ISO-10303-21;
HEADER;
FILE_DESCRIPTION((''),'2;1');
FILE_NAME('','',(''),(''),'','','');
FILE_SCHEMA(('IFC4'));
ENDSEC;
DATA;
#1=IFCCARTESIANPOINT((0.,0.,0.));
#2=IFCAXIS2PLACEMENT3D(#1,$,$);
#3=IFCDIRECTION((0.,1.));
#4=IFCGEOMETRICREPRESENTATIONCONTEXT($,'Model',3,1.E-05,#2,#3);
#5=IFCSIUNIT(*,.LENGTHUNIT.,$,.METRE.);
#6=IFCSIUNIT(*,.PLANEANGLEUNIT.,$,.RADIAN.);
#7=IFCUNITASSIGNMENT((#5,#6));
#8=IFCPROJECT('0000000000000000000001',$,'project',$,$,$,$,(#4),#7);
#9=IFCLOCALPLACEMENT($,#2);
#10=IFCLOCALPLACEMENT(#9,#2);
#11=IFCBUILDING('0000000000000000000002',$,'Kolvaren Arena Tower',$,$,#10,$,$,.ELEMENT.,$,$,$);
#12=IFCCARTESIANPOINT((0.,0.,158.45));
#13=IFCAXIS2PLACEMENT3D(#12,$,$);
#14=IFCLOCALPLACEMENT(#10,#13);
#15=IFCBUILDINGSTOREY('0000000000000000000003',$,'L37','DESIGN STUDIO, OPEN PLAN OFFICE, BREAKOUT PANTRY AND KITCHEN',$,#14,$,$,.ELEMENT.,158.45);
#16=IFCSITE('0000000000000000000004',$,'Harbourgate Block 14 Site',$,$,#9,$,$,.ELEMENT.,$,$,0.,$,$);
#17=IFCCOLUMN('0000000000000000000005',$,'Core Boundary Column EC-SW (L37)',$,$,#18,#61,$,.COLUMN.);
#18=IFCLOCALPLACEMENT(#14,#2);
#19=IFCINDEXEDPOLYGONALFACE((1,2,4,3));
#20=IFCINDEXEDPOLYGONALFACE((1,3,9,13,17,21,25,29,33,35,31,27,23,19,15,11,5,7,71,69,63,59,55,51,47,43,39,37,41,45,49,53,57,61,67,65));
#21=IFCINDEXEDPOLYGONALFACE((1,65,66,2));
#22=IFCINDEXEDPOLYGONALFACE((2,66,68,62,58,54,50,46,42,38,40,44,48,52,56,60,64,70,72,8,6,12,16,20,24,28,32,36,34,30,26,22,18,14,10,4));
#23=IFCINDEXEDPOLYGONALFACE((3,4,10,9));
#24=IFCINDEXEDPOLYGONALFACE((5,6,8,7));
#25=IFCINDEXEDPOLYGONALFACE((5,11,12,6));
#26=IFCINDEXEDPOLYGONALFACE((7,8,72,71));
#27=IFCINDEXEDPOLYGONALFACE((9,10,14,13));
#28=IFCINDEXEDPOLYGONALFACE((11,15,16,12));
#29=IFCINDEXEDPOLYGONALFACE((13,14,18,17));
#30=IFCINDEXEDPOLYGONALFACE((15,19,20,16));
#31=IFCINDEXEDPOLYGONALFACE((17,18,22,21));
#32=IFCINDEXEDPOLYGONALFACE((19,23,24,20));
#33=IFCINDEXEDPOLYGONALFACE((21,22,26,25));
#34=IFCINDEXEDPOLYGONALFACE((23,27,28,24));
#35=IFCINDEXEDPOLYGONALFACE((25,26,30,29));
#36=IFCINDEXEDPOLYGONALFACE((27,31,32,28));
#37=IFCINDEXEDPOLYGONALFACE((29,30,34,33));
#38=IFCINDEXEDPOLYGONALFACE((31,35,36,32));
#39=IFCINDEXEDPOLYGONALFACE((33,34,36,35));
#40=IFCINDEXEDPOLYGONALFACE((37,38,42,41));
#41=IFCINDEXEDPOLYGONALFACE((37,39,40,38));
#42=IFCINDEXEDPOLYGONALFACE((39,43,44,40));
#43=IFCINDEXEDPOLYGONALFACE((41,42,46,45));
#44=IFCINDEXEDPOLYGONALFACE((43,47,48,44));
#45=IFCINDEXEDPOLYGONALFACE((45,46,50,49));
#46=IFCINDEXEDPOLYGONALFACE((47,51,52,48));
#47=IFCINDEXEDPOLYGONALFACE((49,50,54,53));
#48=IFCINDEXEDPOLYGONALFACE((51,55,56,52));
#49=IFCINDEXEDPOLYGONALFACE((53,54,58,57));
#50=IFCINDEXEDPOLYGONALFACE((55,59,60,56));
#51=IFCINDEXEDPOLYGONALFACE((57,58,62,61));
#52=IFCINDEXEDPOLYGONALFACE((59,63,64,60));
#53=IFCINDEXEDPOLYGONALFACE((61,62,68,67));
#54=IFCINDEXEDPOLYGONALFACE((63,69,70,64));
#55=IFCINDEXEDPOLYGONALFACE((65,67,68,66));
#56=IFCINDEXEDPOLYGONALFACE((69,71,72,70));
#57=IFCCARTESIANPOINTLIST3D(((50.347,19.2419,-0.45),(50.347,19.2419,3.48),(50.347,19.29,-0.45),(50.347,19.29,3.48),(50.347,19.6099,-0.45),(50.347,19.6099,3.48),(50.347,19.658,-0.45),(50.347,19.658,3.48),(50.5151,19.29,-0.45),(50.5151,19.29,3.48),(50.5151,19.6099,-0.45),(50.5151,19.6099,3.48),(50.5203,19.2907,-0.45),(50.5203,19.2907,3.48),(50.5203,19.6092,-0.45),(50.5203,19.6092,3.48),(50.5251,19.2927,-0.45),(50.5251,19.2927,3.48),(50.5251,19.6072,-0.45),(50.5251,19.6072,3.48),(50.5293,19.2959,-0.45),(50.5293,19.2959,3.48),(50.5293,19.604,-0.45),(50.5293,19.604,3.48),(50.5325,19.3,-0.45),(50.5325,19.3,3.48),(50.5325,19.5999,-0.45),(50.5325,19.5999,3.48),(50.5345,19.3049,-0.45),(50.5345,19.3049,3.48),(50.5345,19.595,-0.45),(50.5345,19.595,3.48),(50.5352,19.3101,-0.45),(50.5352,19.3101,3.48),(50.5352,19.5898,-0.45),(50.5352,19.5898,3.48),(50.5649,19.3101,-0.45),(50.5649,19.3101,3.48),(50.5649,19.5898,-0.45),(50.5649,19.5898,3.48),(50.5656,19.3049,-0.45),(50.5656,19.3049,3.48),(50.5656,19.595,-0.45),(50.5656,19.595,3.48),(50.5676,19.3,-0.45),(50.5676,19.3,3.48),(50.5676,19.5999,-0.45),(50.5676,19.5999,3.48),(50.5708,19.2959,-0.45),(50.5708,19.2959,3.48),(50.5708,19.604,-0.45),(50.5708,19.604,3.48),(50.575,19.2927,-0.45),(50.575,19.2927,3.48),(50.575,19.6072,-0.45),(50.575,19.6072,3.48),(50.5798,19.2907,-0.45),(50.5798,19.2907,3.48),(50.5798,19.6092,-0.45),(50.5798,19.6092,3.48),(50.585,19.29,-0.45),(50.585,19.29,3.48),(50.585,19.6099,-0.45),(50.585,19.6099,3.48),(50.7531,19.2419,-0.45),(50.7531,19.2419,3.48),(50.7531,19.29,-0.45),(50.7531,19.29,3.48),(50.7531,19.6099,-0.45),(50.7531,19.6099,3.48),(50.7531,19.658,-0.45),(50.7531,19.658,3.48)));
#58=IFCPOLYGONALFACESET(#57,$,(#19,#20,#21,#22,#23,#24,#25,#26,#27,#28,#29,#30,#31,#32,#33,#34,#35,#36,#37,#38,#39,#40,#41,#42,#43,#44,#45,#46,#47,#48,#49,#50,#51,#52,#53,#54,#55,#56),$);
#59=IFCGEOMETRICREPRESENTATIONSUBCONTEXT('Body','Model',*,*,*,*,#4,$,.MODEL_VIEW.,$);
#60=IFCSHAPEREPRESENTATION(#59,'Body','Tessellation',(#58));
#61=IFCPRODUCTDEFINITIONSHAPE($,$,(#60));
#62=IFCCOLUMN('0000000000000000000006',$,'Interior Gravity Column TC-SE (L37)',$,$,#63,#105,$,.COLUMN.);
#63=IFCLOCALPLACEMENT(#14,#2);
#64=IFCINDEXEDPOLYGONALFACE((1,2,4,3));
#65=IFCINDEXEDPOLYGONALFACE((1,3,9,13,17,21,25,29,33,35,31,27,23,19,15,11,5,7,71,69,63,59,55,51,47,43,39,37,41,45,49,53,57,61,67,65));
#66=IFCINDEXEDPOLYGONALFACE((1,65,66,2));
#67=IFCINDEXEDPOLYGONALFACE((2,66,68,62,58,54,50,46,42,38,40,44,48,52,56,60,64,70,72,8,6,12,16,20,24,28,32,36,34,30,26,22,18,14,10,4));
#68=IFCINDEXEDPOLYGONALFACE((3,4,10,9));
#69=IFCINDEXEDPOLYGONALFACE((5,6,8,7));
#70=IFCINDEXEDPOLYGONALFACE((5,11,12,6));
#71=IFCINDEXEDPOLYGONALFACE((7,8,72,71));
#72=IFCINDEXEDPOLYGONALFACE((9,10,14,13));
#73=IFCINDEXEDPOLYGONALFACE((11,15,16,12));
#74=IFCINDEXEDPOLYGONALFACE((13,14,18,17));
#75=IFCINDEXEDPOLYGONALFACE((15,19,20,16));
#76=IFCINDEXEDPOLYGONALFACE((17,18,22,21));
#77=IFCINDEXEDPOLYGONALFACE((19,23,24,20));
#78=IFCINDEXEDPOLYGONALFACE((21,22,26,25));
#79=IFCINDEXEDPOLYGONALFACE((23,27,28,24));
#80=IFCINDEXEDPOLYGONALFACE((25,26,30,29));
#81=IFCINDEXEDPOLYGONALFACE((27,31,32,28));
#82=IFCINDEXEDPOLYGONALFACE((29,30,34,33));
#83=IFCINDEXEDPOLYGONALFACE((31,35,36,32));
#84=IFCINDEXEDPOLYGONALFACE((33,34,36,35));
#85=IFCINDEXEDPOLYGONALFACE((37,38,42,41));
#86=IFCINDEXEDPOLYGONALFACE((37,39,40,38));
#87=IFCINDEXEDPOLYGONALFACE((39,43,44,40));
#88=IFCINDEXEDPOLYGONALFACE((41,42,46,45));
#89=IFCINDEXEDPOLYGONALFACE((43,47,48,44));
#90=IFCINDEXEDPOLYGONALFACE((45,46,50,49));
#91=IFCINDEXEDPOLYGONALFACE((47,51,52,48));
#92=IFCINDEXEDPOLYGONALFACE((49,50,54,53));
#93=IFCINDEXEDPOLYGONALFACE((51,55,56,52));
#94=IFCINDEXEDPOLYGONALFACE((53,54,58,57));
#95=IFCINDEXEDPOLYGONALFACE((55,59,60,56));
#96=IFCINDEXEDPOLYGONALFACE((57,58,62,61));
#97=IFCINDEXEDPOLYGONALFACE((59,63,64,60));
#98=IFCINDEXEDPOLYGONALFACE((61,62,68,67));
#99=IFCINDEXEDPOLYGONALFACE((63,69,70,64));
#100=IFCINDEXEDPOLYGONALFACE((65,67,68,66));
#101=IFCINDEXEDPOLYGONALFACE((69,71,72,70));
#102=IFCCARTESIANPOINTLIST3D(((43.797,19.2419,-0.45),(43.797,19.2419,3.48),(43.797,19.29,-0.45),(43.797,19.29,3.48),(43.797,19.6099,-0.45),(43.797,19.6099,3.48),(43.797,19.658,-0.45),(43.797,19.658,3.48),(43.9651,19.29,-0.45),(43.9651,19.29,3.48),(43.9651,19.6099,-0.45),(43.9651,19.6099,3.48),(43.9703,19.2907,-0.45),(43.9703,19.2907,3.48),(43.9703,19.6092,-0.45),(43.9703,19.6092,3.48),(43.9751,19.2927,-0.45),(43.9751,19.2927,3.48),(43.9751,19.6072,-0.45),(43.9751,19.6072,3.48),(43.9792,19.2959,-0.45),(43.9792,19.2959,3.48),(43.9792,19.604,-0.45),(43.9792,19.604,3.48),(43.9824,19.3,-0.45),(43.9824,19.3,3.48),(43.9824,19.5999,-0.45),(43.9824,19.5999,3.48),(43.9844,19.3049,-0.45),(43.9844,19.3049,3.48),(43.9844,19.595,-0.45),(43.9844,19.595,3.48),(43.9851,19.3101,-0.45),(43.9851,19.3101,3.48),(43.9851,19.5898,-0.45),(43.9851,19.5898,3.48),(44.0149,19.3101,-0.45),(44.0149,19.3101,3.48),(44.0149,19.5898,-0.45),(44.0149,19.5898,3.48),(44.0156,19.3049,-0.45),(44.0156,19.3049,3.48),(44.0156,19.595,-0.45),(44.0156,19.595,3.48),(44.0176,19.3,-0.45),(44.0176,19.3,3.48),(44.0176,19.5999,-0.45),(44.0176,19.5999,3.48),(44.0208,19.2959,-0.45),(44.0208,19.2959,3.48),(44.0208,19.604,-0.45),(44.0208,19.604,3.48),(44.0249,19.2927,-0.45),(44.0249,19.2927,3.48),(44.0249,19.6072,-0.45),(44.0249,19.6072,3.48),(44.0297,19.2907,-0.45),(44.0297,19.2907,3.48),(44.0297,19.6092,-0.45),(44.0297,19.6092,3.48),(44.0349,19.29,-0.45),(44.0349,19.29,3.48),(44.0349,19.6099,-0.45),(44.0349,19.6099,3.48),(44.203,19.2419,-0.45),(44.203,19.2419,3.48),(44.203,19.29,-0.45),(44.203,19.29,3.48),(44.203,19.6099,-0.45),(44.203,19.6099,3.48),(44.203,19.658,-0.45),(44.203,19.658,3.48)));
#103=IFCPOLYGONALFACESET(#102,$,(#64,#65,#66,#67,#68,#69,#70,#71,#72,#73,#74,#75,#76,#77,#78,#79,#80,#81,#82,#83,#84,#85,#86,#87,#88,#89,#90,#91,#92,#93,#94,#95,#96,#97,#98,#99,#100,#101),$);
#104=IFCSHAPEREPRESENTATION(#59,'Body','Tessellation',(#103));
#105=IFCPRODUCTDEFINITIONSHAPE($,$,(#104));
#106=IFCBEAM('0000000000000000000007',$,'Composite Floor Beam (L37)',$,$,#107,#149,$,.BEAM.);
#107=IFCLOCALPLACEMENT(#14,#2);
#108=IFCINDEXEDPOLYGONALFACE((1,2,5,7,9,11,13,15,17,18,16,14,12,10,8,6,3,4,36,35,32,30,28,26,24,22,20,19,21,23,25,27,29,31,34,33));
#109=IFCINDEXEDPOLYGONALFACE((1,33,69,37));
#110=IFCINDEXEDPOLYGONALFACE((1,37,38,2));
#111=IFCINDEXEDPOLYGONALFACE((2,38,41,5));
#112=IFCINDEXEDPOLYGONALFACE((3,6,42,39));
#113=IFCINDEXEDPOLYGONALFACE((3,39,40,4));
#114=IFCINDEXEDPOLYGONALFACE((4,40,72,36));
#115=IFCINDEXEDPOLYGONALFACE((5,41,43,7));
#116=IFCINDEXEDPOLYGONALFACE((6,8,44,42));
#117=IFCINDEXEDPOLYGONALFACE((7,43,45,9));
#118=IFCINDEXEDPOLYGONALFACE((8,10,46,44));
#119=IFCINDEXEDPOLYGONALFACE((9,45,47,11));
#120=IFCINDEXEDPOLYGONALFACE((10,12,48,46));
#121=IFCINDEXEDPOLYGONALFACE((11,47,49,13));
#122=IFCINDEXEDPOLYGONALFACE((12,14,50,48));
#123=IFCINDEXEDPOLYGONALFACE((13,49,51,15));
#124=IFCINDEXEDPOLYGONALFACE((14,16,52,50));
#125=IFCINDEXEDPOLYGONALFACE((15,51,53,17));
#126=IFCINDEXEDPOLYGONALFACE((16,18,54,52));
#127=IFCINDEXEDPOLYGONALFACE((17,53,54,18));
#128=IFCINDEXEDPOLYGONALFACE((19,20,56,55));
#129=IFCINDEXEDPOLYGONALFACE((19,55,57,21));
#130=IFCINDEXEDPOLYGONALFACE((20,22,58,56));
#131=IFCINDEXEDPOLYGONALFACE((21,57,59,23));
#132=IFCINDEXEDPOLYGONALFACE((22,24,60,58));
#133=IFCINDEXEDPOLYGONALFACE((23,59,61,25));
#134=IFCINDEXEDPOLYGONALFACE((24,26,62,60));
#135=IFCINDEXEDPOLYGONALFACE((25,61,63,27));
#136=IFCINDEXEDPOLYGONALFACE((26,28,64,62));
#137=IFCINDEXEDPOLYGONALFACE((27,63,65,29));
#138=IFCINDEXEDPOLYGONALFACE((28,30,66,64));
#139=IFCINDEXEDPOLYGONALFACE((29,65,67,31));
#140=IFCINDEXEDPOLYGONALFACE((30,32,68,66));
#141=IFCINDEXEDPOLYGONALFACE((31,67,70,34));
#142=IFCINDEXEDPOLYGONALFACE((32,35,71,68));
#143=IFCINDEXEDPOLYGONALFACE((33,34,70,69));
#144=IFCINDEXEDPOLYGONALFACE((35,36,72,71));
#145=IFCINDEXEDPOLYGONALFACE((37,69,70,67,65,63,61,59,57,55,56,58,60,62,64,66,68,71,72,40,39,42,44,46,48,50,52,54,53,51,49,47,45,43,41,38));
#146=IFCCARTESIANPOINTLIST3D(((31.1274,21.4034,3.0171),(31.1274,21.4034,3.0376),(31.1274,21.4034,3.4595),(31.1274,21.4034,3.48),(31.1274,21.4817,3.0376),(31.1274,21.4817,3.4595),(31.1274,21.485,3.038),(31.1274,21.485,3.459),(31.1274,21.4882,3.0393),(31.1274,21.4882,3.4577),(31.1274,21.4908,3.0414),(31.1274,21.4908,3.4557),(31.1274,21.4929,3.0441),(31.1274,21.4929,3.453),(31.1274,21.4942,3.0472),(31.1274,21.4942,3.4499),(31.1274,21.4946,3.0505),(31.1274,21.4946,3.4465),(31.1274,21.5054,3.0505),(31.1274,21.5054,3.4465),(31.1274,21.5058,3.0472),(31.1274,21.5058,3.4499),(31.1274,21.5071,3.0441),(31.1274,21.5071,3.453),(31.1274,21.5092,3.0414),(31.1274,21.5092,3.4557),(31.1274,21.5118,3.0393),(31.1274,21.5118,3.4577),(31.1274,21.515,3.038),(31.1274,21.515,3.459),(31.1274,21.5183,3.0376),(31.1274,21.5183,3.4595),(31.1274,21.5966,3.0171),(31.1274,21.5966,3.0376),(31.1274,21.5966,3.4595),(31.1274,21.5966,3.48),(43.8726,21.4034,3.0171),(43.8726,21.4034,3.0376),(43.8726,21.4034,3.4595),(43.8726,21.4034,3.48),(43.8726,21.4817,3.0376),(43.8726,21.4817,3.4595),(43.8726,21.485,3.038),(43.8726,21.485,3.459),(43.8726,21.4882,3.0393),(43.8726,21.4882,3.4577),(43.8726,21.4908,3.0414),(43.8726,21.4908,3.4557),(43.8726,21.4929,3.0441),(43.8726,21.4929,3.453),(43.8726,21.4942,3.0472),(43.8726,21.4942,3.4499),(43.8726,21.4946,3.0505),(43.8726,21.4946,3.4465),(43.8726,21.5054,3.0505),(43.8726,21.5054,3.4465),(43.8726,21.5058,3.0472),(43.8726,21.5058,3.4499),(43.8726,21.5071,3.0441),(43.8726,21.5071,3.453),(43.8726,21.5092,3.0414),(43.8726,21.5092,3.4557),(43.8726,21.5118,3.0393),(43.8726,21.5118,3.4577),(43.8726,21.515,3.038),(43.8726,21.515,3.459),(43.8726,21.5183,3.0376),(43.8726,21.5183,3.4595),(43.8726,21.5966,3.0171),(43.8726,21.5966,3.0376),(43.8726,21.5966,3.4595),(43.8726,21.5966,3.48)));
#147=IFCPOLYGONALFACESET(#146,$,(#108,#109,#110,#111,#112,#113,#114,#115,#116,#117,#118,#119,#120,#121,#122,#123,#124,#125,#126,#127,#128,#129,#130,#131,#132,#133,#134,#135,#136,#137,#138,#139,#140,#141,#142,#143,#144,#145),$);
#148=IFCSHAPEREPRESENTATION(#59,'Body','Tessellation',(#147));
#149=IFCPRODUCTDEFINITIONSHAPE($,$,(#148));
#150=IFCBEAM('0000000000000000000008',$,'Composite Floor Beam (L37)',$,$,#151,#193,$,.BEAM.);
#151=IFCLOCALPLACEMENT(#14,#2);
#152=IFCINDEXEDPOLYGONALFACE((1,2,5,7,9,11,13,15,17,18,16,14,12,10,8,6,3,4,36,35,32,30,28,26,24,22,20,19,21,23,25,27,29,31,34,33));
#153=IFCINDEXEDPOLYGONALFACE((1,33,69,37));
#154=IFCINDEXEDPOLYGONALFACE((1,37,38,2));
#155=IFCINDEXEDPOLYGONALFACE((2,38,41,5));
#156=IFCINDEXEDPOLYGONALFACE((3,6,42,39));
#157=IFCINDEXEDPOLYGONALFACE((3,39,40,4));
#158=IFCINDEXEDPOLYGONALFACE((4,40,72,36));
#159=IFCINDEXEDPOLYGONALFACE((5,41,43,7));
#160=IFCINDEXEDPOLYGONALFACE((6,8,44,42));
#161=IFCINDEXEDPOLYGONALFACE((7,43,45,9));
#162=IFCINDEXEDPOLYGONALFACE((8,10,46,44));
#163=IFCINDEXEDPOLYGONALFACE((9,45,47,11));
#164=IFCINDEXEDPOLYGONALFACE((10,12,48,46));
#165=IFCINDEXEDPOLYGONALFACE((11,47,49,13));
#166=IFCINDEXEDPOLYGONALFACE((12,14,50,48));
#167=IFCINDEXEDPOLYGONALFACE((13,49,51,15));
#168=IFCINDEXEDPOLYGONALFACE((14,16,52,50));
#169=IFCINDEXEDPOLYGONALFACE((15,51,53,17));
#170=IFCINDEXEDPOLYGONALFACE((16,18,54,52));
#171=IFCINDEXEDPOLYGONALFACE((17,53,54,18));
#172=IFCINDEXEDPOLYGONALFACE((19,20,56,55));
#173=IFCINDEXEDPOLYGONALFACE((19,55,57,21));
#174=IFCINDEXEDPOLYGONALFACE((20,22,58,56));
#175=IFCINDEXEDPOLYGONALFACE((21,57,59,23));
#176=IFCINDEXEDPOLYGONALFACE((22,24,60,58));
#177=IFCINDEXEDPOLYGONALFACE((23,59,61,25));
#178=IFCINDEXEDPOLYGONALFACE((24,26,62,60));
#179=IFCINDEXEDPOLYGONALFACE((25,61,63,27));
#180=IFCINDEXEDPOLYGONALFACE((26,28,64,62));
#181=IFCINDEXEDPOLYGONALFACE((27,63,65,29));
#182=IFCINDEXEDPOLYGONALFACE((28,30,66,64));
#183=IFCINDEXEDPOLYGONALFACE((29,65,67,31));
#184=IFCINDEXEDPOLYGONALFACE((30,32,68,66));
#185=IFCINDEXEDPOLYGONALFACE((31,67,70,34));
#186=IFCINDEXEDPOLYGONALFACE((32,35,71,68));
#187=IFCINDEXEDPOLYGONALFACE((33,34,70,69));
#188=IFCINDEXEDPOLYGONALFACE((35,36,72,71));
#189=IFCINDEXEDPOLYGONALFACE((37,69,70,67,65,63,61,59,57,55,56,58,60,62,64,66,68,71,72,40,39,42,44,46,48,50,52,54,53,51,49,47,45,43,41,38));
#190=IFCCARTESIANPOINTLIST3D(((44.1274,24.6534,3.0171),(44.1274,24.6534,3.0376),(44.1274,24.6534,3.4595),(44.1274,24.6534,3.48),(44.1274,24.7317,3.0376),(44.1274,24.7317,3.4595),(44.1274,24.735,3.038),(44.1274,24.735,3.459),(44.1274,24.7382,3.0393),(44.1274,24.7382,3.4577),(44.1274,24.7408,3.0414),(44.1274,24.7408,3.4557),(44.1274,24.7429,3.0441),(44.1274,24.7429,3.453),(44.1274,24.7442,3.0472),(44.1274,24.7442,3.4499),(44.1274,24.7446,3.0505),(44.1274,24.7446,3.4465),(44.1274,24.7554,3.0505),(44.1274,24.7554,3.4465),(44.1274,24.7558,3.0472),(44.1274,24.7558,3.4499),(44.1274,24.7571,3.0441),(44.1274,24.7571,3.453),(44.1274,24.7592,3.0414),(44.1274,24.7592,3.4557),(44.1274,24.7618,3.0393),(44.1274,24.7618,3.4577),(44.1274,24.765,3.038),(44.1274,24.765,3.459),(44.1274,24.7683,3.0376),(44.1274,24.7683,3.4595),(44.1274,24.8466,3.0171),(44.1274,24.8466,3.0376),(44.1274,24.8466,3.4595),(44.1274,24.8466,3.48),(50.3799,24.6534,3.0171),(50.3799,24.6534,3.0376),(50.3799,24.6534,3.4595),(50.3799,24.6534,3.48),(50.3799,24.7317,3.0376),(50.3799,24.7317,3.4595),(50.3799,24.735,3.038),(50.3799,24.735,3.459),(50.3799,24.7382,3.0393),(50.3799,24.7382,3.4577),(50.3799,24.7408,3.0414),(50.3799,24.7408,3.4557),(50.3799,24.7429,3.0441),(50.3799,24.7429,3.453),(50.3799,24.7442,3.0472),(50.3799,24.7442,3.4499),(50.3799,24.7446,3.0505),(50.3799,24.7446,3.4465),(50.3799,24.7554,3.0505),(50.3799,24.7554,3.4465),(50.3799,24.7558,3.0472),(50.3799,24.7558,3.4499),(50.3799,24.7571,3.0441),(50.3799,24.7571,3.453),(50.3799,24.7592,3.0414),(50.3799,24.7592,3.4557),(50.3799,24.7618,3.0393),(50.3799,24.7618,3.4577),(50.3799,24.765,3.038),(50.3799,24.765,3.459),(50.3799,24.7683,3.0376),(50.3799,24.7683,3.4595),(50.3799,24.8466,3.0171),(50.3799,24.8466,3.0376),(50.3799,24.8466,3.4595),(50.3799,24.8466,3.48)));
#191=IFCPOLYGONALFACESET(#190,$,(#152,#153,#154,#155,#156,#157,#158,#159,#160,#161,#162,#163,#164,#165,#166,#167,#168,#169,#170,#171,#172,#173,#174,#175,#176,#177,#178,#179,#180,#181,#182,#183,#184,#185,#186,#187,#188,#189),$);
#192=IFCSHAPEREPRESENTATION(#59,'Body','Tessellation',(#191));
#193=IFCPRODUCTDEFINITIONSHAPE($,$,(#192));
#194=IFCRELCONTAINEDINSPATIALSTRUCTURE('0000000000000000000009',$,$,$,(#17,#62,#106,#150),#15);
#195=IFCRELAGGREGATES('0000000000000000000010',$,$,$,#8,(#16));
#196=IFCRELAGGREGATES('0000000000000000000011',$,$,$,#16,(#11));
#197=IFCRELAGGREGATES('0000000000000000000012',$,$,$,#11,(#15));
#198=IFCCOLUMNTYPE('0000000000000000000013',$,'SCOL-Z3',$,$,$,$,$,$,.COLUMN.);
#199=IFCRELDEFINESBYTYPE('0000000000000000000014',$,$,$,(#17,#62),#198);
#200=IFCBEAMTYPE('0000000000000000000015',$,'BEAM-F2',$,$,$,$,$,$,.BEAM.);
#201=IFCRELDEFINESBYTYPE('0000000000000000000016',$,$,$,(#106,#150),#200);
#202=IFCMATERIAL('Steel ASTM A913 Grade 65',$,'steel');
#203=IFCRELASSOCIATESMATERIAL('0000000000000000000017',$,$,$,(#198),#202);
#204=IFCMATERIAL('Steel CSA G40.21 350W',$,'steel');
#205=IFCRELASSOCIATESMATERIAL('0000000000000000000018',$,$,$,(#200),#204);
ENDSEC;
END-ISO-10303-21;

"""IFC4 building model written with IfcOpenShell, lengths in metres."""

from ifc_helpers import new_model, si_unit, direction, frame, origin, origin_2d, place, context, subcontext, project, spatial, i_section, extrude, material, material_profile, profile_set, type_object, element, save


model = new_model("IFC4")

# Units and contexts
model_context = context("Model", 3, precision=1e-05, world=origin(), true_north=direction((0.0, 1.0)))
body_context = subcontext(model_context, "Body", "Model", "MODEL_VIEW")
ifc_project = project(units=[si_unit("LENGTHUNIT", "METRE"), si_unit("PLANEANGLEUNIT", "RADIAN")], contexts=[model_context])

# Site, building, storey
site_placement = place(None, origin())
site = spatial("IfcSite", under=ifc_project, at=site_placement, Name="Harbourgate Block 14 Site", CompositionType="ELEMENT", RefElevation=0.0)
building_placement = place(site_placement, origin())
building = spatial("IfcBuilding", under=site, at=building_placement, Name="Kolvaren Arena Tower", CompositionType="ELEMENT")
storey_placement = place(building_placement, frame((0.0, 0.0, 158.45)))
storey = spatial("IfcBuildingStorey", under=building, at=storey_placement, Name="L37", Description="DESIGN STUDIO, OPEN PLAN OFFICE, BREAKOUT PANTRY AND KITCHEN", CompositionType="ELEMENT", Elevation=158.45)

# Columns
ifc_material_1 = material(Name="Steel ASTM A913 Grade 65", Category="steel")
ifc_material_profile_1 = material_profile(ifc_material_1, i_section(OverallWidth=0.406, OverallDepth=0.416, WebThickness=0.0298, FlangeThickness=0.0481, FilletRadius=0.02, at=origin_2d()), Name="W360x382")
ifc_profile_set_1 = profile_set([ifc_material_profile_1], Name="Steel ASTM A913 Grade 65")
column_type = type_object("IfcColumnType", Name="SCOL-Z3", PredefinedType="COLUMN", material=ifc_profile_set_1)
for number, where, z_axis, x_axis, name in (
    (1, (50.55, 19.45, -0.45), (0.0, 0.0, 1.0), (1.0, 0.0, 0.0), "Core Boundary Column EC-SW (L37)"),
    (2, (44.0, 19.45, -0.45), (0.0, 0.0, 1.0), (1.0, 0.0, 0.0), "Interior Gravity Column TC-SE (L37)"),
):
    element("IfcColumn", number, at=place(storey_placement, frame(where, z_axis=z_axis, x_axis=x_axis)), inside=storey, type_object=column_type, Name=name, PredefinedType="COLUMN", context=body_context, shape_type="SweptSolid", body=[
        extrude(i_section(OverallWidth=0.406, OverallDepth=0.416, WebThickness=0.0298, FlangeThickness=0.0481, FilletRadius=0.02, at=origin_2d()), origin(), (0.0, 0.0, 1.0), 3.9299),
    ])

# Beams
ifc_material_2 = material(Name="Steel CSA G40.21 350W", Category="steel")
ifc_material_profile_2 = material_profile(ifc_material_2, i_section(OverallWidth=0.1931, OverallDepth=0.4629, WebThickness=0.0107, FlangeThickness=0.0205, FilletRadius=0.0129, at=origin_2d()), Name="W460x113")
ifc_profile_set_2 = profile_set([ifc_material_profile_2], Name="Steel CSA G40.21 350W")
beam_type_1 = type_object("IfcBeamType", Name="BEAM-F2", PredefinedType="BEAM", material=ifc_profile_set_2)
beam_1_placement = place(storey_placement, frame((31.1274, 21.5, 3.2485), z_axis=(1.0, 0.0, 0.0), x_axis=(0.0, 1.0, 0.0)))
element("IfcBeam", 3, at=beam_1_placement, inside=storey, type_object=beam_type_1, Name="Composite Floor Beam (L37)", PredefinedType="BEAM", context=body_context, shape_type="SweptSolid", body=[
    extrude(i_section(OverallWidth=0.1931, OverallDepth=0.4629, WebThickness=0.0107, FlangeThickness=0.0205, FilletRadius=0.0129, at=origin_2d()), origin(), (0.0, 0.0, 1.0), 12.7451),
])
beam_2_placement = place(storey_placement, frame((44.1274, 24.75, 3.2485), z_axis=(1.0, 0.0, 0.0), x_axis=(0.0, 1.0, 0.0)))
element("IfcBeam", 4, at=beam_2_placement, inside=storey, type_object=beam_type_1, Name="Composite Floor Beam (L37)", PredefinedType="BEAM", context=body_context, shape_type="SweptSolid", body=[
    extrude(i_section(OverallWidth=0.1931, OverallDepth=0.4629, WebThickness=0.0107, FlangeThickness=0.0205, FilletRadius=0.0129, at=origin_2d()), origin(), (0.0, 0.0, 1.0), 6.2524),
])

save(model, "model.ifc")
